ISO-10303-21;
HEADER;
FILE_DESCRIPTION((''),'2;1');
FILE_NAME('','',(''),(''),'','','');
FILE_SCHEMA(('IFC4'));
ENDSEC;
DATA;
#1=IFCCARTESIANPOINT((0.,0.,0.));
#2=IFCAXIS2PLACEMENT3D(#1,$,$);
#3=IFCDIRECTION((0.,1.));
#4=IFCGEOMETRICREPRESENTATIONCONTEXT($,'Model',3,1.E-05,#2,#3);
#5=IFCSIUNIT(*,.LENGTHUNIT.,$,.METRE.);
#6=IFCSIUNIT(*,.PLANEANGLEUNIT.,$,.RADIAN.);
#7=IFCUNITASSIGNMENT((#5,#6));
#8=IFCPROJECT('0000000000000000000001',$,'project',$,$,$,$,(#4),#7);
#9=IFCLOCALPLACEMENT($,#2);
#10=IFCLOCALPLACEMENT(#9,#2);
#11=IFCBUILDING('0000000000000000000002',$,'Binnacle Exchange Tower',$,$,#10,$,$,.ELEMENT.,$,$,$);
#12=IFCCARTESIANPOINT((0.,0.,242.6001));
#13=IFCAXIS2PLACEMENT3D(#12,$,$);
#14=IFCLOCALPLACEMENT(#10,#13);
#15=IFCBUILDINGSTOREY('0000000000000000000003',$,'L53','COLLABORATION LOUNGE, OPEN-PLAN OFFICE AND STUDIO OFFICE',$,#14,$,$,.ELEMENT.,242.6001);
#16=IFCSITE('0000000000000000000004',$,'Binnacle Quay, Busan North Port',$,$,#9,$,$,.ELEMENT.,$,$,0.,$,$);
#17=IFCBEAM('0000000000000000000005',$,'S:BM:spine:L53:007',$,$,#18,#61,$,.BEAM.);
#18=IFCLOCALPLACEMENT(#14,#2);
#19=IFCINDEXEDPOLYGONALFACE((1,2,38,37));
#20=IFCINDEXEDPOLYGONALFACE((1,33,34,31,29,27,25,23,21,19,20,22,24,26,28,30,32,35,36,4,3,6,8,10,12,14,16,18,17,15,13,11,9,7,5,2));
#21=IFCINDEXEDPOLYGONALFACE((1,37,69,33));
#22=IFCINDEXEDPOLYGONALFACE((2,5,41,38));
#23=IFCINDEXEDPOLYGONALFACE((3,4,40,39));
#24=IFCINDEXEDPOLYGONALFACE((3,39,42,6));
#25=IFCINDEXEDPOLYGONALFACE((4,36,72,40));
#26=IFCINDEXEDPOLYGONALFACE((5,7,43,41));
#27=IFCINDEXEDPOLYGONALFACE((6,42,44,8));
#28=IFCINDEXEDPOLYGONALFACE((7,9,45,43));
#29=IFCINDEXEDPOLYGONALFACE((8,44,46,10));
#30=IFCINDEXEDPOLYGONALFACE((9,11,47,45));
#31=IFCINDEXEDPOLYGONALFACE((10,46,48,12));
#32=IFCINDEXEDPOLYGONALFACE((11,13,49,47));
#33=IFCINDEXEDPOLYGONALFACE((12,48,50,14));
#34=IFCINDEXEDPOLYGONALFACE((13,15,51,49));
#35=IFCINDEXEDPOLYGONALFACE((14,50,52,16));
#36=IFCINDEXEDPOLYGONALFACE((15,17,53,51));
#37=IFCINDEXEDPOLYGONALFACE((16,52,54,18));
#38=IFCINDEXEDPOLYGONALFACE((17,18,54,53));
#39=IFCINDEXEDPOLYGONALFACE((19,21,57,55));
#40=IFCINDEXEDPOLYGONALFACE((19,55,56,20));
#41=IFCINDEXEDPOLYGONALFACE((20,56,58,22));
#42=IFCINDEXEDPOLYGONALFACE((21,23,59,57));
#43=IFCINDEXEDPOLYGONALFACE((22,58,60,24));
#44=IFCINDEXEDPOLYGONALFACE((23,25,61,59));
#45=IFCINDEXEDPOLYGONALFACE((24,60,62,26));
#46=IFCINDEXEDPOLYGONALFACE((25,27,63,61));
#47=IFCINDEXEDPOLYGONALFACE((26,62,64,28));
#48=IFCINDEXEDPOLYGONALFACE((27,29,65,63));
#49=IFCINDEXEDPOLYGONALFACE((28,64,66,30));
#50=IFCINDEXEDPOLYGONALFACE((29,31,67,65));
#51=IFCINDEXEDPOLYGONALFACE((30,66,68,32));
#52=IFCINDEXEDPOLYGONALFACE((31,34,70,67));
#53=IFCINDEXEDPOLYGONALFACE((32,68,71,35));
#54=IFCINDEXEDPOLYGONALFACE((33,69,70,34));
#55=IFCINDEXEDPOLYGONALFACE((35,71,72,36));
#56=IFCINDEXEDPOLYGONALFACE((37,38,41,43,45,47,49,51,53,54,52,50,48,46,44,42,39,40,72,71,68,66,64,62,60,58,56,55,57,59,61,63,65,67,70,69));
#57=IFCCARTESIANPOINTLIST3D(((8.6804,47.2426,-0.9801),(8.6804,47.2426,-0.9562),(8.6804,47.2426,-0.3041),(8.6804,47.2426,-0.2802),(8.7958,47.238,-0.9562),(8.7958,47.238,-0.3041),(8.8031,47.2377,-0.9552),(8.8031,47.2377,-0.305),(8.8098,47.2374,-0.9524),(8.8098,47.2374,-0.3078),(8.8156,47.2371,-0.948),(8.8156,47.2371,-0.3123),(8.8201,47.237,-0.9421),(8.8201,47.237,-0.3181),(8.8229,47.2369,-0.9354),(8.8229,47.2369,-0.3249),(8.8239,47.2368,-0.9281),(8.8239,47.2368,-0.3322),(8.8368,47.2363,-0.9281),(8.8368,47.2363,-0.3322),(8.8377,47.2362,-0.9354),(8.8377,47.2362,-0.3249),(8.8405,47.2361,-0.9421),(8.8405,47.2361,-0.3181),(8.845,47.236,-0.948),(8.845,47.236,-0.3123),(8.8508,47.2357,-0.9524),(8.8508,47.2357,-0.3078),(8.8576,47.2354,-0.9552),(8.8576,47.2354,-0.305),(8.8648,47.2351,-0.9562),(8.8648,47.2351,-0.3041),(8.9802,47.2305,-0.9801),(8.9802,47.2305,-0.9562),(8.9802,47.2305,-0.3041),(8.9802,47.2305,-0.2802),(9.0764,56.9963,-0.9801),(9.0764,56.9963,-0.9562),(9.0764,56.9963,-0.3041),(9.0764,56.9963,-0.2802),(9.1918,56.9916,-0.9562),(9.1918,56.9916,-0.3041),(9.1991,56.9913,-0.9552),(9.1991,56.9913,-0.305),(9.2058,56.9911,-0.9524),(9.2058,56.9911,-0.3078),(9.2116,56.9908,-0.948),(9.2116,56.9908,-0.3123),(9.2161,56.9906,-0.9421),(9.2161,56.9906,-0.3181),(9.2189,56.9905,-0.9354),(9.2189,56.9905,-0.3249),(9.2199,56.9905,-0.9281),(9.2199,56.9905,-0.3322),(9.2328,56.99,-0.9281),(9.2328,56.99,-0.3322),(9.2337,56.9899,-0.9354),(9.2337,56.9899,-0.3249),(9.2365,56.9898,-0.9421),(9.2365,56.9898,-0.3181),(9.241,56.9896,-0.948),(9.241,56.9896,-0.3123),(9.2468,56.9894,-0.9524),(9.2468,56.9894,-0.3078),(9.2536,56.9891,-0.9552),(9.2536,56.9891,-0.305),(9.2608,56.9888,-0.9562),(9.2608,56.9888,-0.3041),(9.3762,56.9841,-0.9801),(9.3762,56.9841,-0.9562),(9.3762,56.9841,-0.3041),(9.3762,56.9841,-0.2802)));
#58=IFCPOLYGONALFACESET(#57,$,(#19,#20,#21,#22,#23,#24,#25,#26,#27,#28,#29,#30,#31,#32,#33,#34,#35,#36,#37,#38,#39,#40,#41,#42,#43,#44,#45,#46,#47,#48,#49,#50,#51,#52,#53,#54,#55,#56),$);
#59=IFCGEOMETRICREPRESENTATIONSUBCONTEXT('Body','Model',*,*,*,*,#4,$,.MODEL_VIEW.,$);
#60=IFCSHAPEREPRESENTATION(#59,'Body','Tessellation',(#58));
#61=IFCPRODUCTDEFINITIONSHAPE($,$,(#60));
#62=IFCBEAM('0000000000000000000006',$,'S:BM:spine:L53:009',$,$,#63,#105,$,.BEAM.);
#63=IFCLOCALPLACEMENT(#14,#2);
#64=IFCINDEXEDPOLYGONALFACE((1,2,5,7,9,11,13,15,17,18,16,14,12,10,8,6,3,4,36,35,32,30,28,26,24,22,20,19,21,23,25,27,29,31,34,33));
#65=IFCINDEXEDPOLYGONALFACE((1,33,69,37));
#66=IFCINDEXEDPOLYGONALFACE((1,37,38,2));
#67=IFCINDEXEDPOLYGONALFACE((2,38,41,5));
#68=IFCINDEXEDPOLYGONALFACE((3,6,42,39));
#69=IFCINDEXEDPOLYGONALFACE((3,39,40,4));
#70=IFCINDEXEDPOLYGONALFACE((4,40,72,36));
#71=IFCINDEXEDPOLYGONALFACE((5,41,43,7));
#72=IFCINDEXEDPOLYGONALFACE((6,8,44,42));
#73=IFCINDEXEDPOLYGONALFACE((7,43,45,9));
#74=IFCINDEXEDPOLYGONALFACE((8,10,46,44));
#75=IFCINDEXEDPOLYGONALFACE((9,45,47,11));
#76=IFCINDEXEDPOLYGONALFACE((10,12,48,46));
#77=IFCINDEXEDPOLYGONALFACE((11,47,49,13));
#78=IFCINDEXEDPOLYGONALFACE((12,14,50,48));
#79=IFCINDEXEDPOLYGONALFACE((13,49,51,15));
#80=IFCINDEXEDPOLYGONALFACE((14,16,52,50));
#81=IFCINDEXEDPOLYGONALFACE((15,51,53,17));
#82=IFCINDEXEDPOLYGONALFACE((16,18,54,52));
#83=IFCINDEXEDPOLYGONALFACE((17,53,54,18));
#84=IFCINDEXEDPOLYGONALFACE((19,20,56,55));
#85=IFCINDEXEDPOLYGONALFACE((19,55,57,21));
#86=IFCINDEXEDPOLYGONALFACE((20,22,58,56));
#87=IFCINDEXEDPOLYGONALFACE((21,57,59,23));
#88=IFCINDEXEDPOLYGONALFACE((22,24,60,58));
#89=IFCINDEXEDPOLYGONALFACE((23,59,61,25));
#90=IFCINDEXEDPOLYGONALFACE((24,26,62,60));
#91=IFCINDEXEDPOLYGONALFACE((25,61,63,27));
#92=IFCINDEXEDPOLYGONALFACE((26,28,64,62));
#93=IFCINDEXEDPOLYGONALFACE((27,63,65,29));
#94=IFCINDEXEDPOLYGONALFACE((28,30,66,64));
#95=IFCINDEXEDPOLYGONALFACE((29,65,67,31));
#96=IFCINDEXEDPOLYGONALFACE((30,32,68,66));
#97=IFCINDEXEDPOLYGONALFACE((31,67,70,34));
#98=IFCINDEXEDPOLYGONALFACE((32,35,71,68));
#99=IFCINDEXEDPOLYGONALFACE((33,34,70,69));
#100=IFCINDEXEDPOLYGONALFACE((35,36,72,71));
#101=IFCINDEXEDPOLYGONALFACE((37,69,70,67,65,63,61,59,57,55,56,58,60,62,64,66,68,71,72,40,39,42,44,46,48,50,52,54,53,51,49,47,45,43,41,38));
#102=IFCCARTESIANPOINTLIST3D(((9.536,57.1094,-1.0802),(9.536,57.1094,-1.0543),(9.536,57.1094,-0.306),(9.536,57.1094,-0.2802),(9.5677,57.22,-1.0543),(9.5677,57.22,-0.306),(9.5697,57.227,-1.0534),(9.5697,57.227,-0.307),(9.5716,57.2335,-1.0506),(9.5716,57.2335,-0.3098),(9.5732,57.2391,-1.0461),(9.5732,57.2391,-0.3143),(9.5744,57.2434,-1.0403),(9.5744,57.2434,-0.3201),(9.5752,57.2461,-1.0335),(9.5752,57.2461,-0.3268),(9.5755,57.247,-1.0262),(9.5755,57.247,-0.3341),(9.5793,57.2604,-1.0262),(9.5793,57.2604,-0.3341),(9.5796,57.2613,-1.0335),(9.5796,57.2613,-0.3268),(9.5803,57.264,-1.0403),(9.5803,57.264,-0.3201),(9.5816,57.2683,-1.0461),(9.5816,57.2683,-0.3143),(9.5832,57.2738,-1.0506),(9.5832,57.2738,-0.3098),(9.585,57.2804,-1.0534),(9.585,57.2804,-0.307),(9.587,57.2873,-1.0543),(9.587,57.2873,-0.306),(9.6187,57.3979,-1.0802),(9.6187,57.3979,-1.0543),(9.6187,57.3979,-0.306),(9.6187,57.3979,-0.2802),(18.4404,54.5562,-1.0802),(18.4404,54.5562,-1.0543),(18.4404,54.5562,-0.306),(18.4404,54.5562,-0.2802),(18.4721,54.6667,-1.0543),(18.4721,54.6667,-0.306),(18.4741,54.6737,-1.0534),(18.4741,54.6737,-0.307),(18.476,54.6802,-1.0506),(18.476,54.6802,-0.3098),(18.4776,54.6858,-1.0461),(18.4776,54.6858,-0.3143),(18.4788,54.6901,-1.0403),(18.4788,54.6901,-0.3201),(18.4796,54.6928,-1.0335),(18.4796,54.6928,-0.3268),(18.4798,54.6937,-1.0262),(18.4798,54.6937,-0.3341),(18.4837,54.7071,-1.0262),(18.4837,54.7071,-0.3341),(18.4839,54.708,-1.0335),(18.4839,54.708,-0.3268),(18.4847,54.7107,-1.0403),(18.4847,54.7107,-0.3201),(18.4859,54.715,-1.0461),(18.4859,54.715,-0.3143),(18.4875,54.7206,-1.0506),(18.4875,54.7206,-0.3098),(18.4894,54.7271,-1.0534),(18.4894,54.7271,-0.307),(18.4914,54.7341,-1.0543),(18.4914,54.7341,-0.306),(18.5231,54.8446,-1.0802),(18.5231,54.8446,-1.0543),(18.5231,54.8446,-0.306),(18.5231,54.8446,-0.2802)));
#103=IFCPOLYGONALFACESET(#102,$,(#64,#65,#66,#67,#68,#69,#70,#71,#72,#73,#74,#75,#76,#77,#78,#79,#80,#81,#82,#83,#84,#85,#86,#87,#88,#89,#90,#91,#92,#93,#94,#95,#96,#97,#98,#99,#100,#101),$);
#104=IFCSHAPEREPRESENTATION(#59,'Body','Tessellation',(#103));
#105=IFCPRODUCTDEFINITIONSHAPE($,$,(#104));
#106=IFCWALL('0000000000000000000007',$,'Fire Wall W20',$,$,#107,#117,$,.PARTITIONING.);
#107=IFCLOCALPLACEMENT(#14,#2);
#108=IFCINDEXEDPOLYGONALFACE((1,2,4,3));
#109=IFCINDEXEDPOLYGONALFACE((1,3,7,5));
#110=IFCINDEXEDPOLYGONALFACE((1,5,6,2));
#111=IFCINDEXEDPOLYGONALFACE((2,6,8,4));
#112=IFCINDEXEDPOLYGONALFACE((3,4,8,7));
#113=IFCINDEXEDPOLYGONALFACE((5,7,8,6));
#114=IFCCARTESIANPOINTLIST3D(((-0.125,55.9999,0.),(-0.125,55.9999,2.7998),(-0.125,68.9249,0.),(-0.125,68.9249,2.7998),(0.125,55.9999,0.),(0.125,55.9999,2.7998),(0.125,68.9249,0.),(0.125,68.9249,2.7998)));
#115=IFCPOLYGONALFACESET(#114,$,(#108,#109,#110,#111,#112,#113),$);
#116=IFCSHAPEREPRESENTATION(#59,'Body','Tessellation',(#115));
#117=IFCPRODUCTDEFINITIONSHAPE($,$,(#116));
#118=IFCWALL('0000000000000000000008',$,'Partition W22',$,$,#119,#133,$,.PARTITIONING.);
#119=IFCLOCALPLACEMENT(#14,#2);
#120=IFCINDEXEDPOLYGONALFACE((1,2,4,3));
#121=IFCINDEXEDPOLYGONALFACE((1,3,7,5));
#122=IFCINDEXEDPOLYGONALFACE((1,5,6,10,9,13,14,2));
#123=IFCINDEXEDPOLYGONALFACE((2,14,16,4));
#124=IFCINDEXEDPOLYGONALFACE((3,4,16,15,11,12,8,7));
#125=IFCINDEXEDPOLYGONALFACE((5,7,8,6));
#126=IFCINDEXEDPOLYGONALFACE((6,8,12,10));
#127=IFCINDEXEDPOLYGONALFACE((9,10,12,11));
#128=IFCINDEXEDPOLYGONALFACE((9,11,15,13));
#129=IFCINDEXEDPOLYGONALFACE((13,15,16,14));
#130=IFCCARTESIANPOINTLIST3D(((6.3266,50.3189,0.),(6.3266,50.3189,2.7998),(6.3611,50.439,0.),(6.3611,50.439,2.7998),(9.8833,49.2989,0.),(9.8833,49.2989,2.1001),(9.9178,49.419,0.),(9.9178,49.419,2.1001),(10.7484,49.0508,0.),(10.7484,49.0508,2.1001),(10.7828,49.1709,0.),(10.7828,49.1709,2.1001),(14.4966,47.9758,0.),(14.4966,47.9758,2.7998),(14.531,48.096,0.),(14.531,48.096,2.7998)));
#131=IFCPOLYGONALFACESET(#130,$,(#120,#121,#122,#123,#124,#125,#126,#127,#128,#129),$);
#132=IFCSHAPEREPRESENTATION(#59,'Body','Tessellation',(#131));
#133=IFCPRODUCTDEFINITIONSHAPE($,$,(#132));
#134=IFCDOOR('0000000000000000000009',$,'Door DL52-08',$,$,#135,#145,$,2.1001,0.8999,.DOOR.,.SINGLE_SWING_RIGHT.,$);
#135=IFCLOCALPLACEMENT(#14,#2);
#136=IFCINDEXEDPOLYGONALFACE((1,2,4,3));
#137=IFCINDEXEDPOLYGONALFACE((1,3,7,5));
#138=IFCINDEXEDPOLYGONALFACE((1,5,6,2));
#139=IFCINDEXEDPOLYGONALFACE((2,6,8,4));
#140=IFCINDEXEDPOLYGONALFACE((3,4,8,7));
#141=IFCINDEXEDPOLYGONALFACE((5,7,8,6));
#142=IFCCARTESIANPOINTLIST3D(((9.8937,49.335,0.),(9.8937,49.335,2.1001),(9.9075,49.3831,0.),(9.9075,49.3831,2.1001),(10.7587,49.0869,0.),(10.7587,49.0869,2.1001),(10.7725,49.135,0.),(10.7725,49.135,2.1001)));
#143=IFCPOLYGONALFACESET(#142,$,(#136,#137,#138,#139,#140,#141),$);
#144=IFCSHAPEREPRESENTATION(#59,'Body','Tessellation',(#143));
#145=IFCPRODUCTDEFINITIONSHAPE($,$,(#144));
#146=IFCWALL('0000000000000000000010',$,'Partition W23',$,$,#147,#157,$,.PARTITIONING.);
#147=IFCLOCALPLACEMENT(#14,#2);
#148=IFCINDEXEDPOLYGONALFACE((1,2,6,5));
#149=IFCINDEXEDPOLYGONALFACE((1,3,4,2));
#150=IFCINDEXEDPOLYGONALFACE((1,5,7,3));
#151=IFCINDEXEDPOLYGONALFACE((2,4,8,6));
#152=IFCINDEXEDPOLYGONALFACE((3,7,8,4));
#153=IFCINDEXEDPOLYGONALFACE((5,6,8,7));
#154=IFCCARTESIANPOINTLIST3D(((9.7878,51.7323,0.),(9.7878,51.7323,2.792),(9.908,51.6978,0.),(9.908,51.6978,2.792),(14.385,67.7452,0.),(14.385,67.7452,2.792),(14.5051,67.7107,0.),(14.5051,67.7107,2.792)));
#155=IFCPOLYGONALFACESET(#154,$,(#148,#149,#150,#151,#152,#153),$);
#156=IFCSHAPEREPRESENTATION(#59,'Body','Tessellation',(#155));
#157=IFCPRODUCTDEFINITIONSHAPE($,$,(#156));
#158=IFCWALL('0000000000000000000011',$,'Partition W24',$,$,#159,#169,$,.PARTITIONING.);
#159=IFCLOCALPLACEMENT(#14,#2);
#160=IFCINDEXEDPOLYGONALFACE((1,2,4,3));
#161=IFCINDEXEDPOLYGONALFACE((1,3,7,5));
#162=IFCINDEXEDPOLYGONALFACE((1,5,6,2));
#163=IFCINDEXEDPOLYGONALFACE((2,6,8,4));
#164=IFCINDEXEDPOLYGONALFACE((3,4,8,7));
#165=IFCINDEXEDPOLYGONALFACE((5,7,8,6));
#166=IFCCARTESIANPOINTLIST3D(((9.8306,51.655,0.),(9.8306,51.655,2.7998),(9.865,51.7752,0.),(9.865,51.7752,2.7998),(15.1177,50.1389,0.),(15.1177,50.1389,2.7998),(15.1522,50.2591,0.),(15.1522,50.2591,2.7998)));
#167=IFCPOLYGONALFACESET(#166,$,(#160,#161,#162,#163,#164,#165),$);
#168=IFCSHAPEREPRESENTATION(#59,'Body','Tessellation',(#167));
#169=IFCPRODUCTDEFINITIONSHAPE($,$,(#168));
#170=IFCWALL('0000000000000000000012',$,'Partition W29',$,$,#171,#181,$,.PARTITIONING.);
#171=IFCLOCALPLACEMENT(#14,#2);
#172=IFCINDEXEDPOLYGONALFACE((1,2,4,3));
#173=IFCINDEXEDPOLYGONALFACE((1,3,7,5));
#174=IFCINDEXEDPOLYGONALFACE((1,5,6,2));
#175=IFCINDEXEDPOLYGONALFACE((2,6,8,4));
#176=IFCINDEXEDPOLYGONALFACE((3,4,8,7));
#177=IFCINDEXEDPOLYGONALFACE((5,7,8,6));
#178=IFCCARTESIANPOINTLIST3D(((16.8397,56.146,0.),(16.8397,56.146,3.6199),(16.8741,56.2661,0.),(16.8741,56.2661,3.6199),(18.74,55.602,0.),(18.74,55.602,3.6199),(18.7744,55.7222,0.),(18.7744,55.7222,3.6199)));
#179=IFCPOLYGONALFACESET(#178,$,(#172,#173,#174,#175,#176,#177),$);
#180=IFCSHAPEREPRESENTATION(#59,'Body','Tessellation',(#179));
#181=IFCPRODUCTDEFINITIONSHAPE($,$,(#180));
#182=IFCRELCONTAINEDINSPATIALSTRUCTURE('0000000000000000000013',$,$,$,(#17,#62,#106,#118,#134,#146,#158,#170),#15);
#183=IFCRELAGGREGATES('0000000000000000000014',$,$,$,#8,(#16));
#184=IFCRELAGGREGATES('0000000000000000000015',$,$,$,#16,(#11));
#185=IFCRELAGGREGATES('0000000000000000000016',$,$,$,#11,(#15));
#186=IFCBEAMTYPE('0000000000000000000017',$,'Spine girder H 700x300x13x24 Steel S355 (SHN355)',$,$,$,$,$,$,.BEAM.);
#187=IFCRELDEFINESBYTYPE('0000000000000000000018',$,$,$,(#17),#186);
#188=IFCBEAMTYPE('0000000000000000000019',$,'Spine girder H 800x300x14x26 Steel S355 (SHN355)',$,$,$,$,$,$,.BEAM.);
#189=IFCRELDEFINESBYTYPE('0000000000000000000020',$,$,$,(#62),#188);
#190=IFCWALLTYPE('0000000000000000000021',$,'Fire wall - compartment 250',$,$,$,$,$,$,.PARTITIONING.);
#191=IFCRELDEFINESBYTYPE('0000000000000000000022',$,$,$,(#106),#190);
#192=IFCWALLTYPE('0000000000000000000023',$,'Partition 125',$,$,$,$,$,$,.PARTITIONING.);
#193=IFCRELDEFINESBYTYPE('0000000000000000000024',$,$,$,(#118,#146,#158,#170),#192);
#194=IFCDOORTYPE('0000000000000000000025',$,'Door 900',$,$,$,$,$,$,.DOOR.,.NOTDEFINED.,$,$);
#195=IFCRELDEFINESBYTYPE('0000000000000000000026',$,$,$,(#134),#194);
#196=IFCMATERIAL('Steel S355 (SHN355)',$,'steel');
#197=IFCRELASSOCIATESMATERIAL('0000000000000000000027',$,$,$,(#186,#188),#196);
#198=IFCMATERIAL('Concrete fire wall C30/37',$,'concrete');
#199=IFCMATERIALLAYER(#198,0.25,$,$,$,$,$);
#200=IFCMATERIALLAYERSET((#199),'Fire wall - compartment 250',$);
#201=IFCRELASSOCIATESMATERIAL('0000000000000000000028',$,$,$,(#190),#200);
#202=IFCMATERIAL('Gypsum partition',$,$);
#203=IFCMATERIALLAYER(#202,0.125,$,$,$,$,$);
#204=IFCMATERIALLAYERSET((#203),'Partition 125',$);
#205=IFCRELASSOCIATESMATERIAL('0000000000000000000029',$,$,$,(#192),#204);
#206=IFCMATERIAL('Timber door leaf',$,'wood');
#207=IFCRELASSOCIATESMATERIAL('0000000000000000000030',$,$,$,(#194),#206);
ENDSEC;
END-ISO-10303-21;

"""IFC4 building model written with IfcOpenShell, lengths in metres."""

from ifc_helpers import new_model, si_unit, direction, frame, frame_2d, origin, origin_2d, place, context, subcontext, project, spatial, rectangle, i_section, extrude, material, layer, layer_set, material_profile, profile_set, type_object, element, fill, save


model = new_model("IFC4")

# Units and contexts
model_context = context("Model", 3, precision=1e-05, world=origin(), true_north=direction((0.0, 1.0)))
body_context = subcontext(model_context, "Body", "Model", "MODEL_VIEW")
ifc_project = project(units=[si_unit("LENGTHUNIT", "METRE"), si_unit("PLANEANGLEUNIT", "RADIAN")], contexts=[model_context])

# Site, building, storey
site_placement = place(None, origin())
site = spatial("IfcSite", under=ifc_project, at=site_placement, Name="Binnacle Quay, Busan North Port", CompositionType="ELEMENT", RefElevation=0.0)
building_placement = place(site_placement, origin())
building = spatial("IfcBuilding", under=site, at=building_placement, Name="Binnacle Exchange Tower", CompositionType="ELEMENT")
storey_placement = place(building_placement, frame((0.0, 0.0, 242.6001)))
storey = spatial("IfcBuildingStorey", under=building, at=storey_placement, Name="L53", Description="COLLABORATION LOUNGE, OPEN-PLAN OFFICE AND STUDIO OFFICE", CompositionType="ELEMENT", Elevation=242.6001)

# Beams
ifc_material_1 = material(Name="Steel S355 (SHN355)", Category="steel")
ifc_material_profile_1 = material_profile(ifc_material_1, i_section(OverallWidth=0.3, OverallDepth=0.7, WebThickness=0.0129, FlangeThickness=0.0239, FilletRadius=0.0281, at=origin_2d()), Name="H 700x300x13x24")
ifc_profile_set_1 = profile_set([ifc_material_profile_1], Name="Steel S355 (SHN355)")
beam_type_1 = type_object("IfcBeamType", Name="Spine girder H 700x300x13x24 Steel S355 (SHN355)", PredefinedType="BEAM", material=ifc_profile_set_1)
beam_1_placement = place(storey_placement, frame((9.2263, 56.9902, -0.6301), z_axis=(-0.040566, -0.999177, 0.0), x_axis=(0.999177, -0.040566, 0.0)))
element("IfcBeam", 1, at=beam_1_placement, inside=storey, type_object=beam_type_1, Name="S:BM:spine:L53:007", PredefinedType="BEAM", context=body_context, shape_type="SweptSolid", body=[
    extrude(i_section(OverallWidth=0.3, OverallDepth=0.7, WebThickness=0.0129, FlangeThickness=0.0239, FilletRadius=0.0281, at=origin_2d()), origin(), (0.0, 0.0, 1.0), 9.7617),
])
ifc_material_profile_2 = material_profile(ifc_material_1, i_section(OverallWidth=0.3, OverallDepth=0.8, WebThickness=0.0139, FlangeThickness=0.0259, FilletRadius=0.0281, at=origin_2d()), Name="H 800x300x14x26")
ifc_profile_set_2 = profile_set([ifc_material_profile_2], Name="Steel S355 (SHN355)")
beam_type_2 = type_object("IfcBeamType", Name="Spine girder H 800x300x14x26 Steel S355 (SHN355)", PredefinedType="BEAM", material=ifc_profile_set_2)
beam_2_placement = place(storey_placement, frame((9.5774, 57.2537, -0.6802), z_axis=(0.961263, -0.275633, 0.0), x_axis=(0.275633, 0.961263, 0.0)))
element("IfcBeam", 2, at=beam_2_placement, inside=storey, type_object=beam_type_2, Name="S:BM:spine:L53:009", PredefinedType="BEAM", context=body_context, shape_type="SweptSolid", body=[
    extrude(i_section(OverallWidth=0.3, OverallDepth=0.8, WebThickness=0.0139, FlangeThickness=0.0259, FilletRadius=0.0281, at=origin_2d()), origin(), (0.0, 0.0, 1.0), 9.2632),
])

# Wall
ifc_material_2 = material(Name="Concrete fire wall C30/37", Category="concrete")
ifc_layer_1 = layer(ifc_material_2, 0.25)
ifc_layer_set_1 = layer_set([ifc_layer_1], Name="Fire wall - compartment 250")
wall_type_1 = type_object("IfcWallType", Name="Fire wall - compartment 250", PredefinedType="PARTITIONING", material=ifc_layer_set_1)
wall_1_placement = place(storey_placement, frame((0.0, 56.0, 0.0), z_axis=(0.0, 0.0, 1.0), x_axis=(0.0, 1.0, 0.0)))
element("IfcWall", 3, at=wall_1_placement, inside=storey, type_object=wall_type_1, Name="Fire Wall W20", PredefinedType="PARTITIONING", context=body_context, shape_type="SweptSolid", body=[
    extrude(rectangle(XDim=12.925, YDim=0.25, at=frame_2d((6.4624, 0.0))), origin(), (0.0, 0.0, 1.0), 2.7998),
])

# Wall, opening, door
ifc_material_3 = material(Name="Gypsum partition")
ifc_layer_2 = layer(ifc_material_3, 0.125)
ifc_layer_set_2 = layer_set([ifc_layer_2], Name="Partition 125")
wall_type_2 = type_object("IfcWallType", Name="Partition 125", PredefinedType="PARTITIONING", material=ifc_layer_set_2)
wall_2_placement = place(storey_placement, frame((6.344, 50.3789, 0.0), z_axis=(0.0, 0.0, 1.0), x_axis=(0.961251, -0.275673, 0.0)))
wall_2 = element("IfcWall", 4, at=wall_2_placement, inside=storey, type_object=wall_type_2, Name="Partition W22", PredefinedType="PARTITIONING", context=body_context, shape_type="SweptSolid", body=[
    extrude(rectangle(XDim=8.4993, YDim=0.125, at=frame_2d((4.2495, 0.0))), origin(), (0.0, 0.0, 1.0), 2.7998),
])
opening_placement = place(wall_2_placement, frame((3.7, 0.0, 0.0)))
opening = element("IfcOpeningElement", 5, at=opening_placement, cuts=wall_2, PredefinedType="OPENING", context=body_context, shape_type="SweptSolid", body=[
    extrude(rectangle(XDim=0.8999, YDim=2.1001, at=frame_2d((0.45, 1.05))), frame((0.0, 0.0725, 0.0), z_axis=(0.0, -1.0, 0.0), x_axis=(1.0, 0.0, 0.0)), (0.0, 0.0, 1.0), 0.145),
])
ifc_material_4 = material(Name="Timber door leaf", Category="wood")
door_type = type_object("IfcDoorType", Name="Door 900", OperationType="NOTDEFINED", PredefinedType="DOOR", material=ifc_material_4)
door_placement = place(opening_placement, frame((0.8999, 0.0, 0.0), z_axis=(0.0, 0.0, 1.0), x_axis=(-1.0, 0.0, 0.0)))
door = element("IfcDoor", 6, at=door_placement, inside=storey, type_object=door_type, Name="Door DL52-08", OperationType="SINGLE_SWING_RIGHT", OverallHeight=2.1001, OverallWidth=0.8999, PredefinedType="DOOR", context=body_context, shape_type="SweptSolid", body=[
    extrude(rectangle(XDim=0.8999, YDim=2.1001, at=frame_2d((0.45, 1.05))), frame((0.0, 0.0249, 0.0), z_axis=(0.0, -1.0, 0.0), x_axis=(1.0, 0.0, 0.0)), (0.0, 0.0, 1.0), 0.05),
])
fill(opening, door)

# Walls
wall_3_placement = place(storey_placement, frame((9.8479, 51.7151, 0.0), z_axis=(0.0, 0.0, 1.0), x_axis=(0.275944, 0.961174, 0.0)))
element("IfcWall", 7, at=wall_3_placement, inside=storey, type_object=wall_type_2, Name="Partition W23", PredefinedType="PARTITIONING", context=body_context, shape_type="SweptSolid", body=[
    extrude(rectangle(XDim=16.6597, YDim=0.125, at=frame_2d((8.3298, 0.0))), origin(), (0.0, 0.0, 1.0), 2.792),
])
wall_4_placement = place(storey_placement, frame((9.8479, 51.7151, 0.0), z_axis=(0.0, 0.0, 1.0), x_axis=(0.961259, -0.275647, 0.0)))
element("IfcWall", 8, at=wall_4_placement, inside=storey, type_object=wall_type_2, Name="Partition W24", PredefinedType="PARTITIONING", context=body_context, shape_type="SweptSolid", body=[
    extrude(rectangle(XDim=5.5002, YDim=0.125, at=frame_2d((2.75, 0.0))), origin(), (0.0, 0.0, 1.0), 2.7998),
])
wall_5_placement = place(storey_placement, frame((16.8569, 56.2061, 0.0), z_axis=(0.0, 0.0, 1.0), x_axis=(0.961384, -0.275211, 0.0)))
element("IfcWall", 9, at=wall_5_placement, inside=storey, type_object=wall_type_2, Name="Partition W29", PredefinedType="PARTITIONING", context=body_context, shape_type="SweptSolid", body=[
    extrude(rectangle(XDim=1.9766, YDim=0.125, at=frame_2d((0.9883, 0.0))), origin(), (0.0, 0.0, 1.0), 3.6199),
])

save(model, "model.ifc")
